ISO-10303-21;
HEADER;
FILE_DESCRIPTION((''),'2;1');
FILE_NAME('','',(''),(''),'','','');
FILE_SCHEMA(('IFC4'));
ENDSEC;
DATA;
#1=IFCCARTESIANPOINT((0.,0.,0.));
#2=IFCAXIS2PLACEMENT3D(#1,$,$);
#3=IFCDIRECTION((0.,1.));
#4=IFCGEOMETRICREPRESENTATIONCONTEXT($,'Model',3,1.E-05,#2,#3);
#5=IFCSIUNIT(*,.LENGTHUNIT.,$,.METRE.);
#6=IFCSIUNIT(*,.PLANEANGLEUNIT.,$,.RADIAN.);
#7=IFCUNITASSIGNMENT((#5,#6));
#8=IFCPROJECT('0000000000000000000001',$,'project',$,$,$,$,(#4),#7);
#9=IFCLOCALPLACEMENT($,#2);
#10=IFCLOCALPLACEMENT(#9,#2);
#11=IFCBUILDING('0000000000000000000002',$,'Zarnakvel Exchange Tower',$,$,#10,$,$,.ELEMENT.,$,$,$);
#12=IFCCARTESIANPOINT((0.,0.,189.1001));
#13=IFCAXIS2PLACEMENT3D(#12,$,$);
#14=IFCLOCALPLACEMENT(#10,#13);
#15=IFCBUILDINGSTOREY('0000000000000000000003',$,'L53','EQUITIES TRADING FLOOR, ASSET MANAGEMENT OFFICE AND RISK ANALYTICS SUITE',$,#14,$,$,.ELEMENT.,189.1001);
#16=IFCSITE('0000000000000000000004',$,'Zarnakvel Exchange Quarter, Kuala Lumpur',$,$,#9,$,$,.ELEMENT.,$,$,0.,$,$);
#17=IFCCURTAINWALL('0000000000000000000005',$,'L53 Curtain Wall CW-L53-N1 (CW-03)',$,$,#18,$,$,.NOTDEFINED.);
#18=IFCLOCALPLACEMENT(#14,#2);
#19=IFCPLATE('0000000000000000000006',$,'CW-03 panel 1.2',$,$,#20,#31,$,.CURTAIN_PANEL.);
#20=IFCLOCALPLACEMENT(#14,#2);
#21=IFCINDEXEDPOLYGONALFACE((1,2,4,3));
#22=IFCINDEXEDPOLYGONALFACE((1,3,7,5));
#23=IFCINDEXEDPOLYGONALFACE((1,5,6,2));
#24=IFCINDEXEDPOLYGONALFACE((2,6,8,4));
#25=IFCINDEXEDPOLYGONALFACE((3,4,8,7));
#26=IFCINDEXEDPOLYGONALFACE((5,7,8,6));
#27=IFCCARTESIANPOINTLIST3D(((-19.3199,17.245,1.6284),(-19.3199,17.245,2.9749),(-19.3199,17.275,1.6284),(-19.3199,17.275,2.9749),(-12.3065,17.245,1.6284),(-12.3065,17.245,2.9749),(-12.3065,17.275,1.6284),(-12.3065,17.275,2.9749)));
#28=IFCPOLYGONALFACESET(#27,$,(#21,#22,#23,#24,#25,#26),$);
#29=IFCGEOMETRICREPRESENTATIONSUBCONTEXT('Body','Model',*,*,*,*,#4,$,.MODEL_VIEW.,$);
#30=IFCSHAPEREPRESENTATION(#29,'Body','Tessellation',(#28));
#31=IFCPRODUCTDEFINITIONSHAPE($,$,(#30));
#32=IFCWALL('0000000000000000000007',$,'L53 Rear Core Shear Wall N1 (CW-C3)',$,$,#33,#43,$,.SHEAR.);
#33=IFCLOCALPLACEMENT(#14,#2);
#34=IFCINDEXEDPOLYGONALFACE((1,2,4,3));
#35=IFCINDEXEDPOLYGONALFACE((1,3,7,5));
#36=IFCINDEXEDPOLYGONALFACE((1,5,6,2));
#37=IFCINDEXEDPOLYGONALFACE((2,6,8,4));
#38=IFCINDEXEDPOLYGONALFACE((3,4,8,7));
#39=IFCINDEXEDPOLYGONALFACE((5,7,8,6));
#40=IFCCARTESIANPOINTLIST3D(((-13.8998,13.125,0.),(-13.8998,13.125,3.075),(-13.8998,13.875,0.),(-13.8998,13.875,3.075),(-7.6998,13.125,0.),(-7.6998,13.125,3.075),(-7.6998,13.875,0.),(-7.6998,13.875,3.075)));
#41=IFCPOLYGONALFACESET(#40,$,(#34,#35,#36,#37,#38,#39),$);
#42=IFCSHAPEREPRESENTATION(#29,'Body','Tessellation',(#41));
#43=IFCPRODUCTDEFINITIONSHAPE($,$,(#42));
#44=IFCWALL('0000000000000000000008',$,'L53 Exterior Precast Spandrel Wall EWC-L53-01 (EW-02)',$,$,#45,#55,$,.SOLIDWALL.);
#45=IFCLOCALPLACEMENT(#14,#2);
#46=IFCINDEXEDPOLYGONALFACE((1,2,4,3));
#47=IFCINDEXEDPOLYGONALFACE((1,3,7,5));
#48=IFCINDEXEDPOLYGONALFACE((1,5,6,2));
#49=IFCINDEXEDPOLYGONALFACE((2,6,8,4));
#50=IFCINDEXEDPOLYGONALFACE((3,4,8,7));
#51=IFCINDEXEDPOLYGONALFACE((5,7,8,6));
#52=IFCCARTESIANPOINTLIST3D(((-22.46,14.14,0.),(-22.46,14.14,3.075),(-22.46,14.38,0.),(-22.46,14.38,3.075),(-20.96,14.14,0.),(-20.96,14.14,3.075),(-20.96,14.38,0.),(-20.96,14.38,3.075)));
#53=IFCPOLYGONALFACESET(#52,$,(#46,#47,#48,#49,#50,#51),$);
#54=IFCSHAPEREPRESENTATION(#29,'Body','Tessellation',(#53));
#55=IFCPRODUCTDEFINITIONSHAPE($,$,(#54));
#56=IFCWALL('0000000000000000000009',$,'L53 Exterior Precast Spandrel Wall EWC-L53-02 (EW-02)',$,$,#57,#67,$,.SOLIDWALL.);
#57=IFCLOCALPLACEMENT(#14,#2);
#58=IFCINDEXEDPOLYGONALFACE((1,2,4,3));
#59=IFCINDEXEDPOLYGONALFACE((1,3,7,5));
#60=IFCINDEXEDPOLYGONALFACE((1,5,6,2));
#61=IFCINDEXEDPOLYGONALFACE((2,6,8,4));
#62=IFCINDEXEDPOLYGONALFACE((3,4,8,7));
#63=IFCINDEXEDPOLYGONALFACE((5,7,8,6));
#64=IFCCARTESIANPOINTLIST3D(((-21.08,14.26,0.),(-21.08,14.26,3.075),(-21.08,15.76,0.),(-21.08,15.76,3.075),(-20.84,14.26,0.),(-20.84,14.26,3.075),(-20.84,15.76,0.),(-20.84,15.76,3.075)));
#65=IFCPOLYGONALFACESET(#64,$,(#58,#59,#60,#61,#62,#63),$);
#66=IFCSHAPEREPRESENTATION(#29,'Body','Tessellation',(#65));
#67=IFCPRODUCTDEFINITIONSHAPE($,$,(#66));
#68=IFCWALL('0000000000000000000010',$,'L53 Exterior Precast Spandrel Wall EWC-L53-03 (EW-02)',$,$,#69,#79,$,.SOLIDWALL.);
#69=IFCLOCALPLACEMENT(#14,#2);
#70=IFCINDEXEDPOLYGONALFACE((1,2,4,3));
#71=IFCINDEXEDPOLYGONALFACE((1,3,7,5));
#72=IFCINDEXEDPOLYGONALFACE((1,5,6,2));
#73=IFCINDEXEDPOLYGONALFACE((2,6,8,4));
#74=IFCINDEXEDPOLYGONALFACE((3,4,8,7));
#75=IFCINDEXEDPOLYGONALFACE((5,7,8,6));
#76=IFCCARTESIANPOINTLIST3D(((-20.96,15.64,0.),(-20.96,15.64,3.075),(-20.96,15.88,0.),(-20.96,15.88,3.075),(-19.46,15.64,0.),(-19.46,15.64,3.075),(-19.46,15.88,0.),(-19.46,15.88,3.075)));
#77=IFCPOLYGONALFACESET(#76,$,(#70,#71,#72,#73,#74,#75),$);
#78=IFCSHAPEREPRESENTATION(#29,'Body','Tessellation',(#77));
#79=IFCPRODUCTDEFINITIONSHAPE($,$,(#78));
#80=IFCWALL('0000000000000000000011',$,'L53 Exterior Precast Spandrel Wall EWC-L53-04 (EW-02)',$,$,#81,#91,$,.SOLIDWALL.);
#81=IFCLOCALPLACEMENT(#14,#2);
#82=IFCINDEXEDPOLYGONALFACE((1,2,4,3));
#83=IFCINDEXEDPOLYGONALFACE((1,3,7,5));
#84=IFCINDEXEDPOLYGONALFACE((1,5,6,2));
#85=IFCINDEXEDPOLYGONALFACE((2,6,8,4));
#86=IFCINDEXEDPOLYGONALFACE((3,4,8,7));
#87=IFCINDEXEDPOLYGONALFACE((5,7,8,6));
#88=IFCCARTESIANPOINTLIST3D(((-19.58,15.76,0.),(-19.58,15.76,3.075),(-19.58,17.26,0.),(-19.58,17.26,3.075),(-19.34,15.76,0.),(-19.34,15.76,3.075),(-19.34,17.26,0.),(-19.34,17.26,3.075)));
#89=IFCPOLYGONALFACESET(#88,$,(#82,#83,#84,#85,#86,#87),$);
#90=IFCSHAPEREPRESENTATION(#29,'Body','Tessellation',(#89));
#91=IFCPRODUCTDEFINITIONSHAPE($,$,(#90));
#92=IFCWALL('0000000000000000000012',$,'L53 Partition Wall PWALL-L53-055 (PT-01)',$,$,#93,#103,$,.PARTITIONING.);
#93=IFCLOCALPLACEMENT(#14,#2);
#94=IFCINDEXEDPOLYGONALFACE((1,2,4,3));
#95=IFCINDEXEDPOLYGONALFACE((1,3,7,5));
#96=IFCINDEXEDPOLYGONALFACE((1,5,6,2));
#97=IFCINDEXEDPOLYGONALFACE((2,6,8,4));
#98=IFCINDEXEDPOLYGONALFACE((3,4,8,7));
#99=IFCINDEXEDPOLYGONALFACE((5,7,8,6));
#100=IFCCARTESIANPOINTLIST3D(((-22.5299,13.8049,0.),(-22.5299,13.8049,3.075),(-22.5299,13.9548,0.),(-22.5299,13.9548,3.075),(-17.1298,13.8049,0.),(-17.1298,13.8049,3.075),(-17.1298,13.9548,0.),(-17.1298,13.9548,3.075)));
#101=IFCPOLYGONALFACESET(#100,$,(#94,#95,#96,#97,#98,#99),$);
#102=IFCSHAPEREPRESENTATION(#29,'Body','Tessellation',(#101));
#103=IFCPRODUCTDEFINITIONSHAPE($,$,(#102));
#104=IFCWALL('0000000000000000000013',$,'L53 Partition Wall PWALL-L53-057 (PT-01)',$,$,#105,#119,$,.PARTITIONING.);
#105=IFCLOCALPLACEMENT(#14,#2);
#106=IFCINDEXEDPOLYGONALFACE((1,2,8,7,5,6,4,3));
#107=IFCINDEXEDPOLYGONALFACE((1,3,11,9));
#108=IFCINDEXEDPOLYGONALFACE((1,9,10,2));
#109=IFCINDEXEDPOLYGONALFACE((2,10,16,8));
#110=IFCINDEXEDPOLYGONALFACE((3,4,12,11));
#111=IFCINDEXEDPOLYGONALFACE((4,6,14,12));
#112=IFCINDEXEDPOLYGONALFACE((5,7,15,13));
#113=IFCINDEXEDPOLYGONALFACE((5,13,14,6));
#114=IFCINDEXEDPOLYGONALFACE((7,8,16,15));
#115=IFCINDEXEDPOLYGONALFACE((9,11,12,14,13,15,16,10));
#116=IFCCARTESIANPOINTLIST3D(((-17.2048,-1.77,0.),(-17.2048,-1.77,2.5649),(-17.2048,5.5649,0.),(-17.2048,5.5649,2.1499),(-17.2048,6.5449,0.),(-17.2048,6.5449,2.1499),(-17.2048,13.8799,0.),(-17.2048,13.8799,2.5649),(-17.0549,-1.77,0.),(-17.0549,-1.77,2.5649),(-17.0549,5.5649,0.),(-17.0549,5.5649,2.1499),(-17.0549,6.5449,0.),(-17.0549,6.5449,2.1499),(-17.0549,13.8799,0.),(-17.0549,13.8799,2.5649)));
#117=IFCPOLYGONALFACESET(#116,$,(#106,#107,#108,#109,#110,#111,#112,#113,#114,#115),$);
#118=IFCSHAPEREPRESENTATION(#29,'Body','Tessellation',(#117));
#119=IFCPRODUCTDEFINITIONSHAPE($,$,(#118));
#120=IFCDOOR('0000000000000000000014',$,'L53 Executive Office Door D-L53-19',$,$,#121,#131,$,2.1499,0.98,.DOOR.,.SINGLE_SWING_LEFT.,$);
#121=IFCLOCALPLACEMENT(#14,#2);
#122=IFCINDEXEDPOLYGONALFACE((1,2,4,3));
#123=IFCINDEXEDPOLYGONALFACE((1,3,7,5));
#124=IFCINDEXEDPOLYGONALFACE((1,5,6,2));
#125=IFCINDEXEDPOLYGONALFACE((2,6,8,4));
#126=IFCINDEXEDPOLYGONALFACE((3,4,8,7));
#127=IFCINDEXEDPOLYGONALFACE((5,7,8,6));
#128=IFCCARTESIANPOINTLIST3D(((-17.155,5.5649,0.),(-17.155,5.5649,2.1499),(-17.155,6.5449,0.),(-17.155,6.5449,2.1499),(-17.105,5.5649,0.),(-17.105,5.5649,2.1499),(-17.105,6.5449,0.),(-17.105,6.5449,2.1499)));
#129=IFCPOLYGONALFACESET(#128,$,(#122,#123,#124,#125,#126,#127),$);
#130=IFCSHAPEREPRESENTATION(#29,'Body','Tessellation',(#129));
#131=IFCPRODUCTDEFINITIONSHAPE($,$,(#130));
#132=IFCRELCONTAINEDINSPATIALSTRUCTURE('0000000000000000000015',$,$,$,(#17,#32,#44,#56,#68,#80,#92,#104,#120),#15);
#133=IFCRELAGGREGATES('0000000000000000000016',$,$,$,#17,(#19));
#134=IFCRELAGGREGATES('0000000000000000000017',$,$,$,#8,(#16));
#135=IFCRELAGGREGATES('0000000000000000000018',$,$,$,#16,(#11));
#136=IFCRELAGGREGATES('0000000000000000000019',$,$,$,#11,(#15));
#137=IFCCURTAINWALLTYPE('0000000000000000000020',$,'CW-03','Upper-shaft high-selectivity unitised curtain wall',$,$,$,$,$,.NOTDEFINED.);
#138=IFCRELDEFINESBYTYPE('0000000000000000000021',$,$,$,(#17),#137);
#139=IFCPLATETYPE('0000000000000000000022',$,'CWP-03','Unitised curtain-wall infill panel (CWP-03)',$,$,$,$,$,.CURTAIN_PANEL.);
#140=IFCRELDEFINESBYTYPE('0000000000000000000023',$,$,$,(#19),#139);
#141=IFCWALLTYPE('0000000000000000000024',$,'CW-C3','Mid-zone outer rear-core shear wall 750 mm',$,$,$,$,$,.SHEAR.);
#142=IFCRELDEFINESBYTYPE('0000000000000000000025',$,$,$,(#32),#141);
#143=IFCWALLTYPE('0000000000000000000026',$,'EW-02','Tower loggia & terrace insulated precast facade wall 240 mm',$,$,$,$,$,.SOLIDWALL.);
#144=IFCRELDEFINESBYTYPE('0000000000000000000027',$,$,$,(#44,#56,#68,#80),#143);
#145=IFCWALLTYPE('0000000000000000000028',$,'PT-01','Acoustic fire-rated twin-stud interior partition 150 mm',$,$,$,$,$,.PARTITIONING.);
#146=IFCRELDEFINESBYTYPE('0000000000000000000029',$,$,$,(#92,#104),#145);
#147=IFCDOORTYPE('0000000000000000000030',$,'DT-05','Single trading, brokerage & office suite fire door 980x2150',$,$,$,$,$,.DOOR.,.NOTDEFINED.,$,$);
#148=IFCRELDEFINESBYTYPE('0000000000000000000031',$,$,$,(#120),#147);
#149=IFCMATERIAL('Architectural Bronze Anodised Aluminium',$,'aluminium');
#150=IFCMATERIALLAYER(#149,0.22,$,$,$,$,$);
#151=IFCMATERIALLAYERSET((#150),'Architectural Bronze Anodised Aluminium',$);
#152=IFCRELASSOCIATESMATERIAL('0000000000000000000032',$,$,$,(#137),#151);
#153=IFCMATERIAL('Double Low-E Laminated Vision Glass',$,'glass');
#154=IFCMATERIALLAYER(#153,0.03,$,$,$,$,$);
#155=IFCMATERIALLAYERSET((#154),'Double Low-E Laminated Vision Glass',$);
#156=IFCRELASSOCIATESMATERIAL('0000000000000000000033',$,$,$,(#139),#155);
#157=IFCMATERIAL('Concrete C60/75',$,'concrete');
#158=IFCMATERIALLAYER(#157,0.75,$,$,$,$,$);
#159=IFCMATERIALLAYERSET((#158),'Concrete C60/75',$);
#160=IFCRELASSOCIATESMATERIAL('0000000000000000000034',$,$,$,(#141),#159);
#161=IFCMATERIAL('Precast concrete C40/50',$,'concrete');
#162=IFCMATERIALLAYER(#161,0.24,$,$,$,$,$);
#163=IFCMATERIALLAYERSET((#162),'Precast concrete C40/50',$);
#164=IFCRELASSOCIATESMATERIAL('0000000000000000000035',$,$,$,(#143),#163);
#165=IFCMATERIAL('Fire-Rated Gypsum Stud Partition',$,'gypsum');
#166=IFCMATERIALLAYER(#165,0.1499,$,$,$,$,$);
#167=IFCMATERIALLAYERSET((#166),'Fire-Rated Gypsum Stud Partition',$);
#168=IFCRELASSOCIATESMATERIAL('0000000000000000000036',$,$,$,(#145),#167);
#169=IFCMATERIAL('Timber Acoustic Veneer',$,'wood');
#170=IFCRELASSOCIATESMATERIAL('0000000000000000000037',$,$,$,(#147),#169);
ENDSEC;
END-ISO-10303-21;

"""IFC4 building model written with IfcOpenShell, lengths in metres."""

from ifc_helpers import new_model, si_unit, direction, frame, frame_2d, origin, origin_2d, place, context, subcontext, project, spatial, rectangle, extrude, source, transform, mapped, material, layer, layer_set, type_object, element, fill, aggregate, save


model = new_model("IFC4")

# Units and contexts
model_context = context("Model", 3, precision=1e-05, world=origin(), true_north=direction((0.0, 1.0)))
body_context = subcontext(model_context, "Body", "Model", "MODEL_VIEW")
ifc_project = project(units=[si_unit("LENGTHUNIT", "METRE"), si_unit("PLANEANGLEUNIT", "RADIAN")], contexts=[model_context])

# Site, building, storey
site_placement = place(None, origin())
site = spatial("IfcSite", under=ifc_project, at=site_placement, Name="Zarnakvel Exchange Quarter, Kuala Lumpur", CompositionType="ELEMENT", RefElevation=0.0)
building_placement = place(site_placement, origin())
building = spatial("IfcBuilding", under=site, at=building_placement, Name="Zarnakvel Exchange Tower", CompositionType="ELEMENT")
storey_placement = place(building_placement, frame((0.0, 0.0, 189.1001)))
storey = spatial("IfcBuildingStorey", under=building, at=storey_placement, Name="L53", Description="EQUITIES TRADING FLOOR, ASSET MANAGEMENT OFFICE AND RISK ANALYTICS SUITE", CompositionType="ELEMENT", Elevation=189.1001)

# Shared definitions
ifc_material_1 = material(Name="Concrete C60/75", Category="concrete")

# Shared definitions
ifc_material_2 = material(Name="Architectural Bronze Anodised Aluminium", Category="aluminium")

# Curtain wall, plate
ifc_layer_1 = layer(ifc_material_2, 0.22)
ifc_layer_set_1 = layer_set([ifc_layer_1], Name="Architectural Bronze Anodised Aluminium")
curtain_wall_type_1 = type_object("IfcCurtainWallType", Name="CW-03", Description="Upper-shaft high-selectivity unitised curtain wall", PredefinedType="NOTDEFINED", material=ifc_layer_set_1)
curtain_wall_1_placement = place(storey_placement, origin())
curtain_wall_1 = element("IfcCurtainWall", 1, at=curtain_wall_1_placement, inside=storey, type_object=curtain_wall_type_1, Name="L53 Curtain Wall CW-L53-N1 (CW-03)", PredefinedType="NOTDEFINED")
ifc_material_3 = material(Name="Double Low-E Laminated Vision Glass", Category="glass")
ifc_layer_2 = layer(ifc_material_3, 0.03)
ifc_layer_set_2 = layer_set([ifc_layer_2], Name="Double Low-E Laminated Vision Glass")
plate_type = type_object("IfcPlateType", Name="CWP-03", Description="Unitised curtain-wall infill panel (CWP-03)", PredefinedType="CURTAIN_PANEL", material=ifc_layer_set_2)
shared_shape_1 = source(origin(), body_context, "Body", "SweptSolid", [
    extrude(rectangle(XDim=7.0134, YDim=0.03, at=origin_2d()), origin(), (0.0, 0.0, 1.0), 1.3464),
])
plate_1_placement = place(storey_placement, frame((-15.8132, 17.26, 1.6284), z_axis=(0.0, 0.0, 1.0), x_axis=(1.0, 0.0, 0.0)))
plate_1 = element("IfcPlate", 2, at=plate_1_placement, type_object=plate_type, Name="CW-03 panel 1.2", PredefinedType="CURTAIN_PANEL", context=body_context, shape_type="MappedRepresentation", body=[
    mapped(shared_shape_1, transform((0.0, 0.0, 0.0), x_axis=(1.0, 0.0, 0.0), y_axis=(0.0, 1.0, 0.0), z_axis=(0.0, 0.0, 1.0), scale=1.0)),
])
aggregate(curtain_wall_1, [plate_1])

# Walls
ifc_layer_3 = layer(ifc_material_1, 0.75)
ifc_layer_set_3 = layer_set([ifc_layer_3], Name="Concrete C60/75")
wall_type_1 = type_object("IfcWallType", Name="CW-C3", Description="Mid-zone outer rear-core shear wall 750 mm", PredefinedType="SHEAR", material=ifc_layer_set_3)
wall_1_placement = place(storey_placement, frame((-13.8999, 13.5, 0.0), z_axis=(0.0, 0.0, 1.0), x_axis=(1.0, 0.0, 0.0)))
element("IfcWall", 3, at=wall_1_placement, inside=storey, type_object=wall_type_1, Name="L53 Rear Core Shear Wall N1 (CW-C3)", PredefinedType="SHEAR", context=body_context, shape_type="SweptSolid", body=[
    extrude(rectangle(XDim=6.2, YDim=0.75, at=frame_2d((3.1001, 0.0))), origin(), (0.0, 0.0, 1.0), 3.075),
])
ifc_material_4 = material(Name="Precast concrete C40/50", Category="concrete")
ifc_layer_4 = layer(ifc_material_4, 0.24)
ifc_layer_set_4 = layer_set([ifc_layer_4], Name="Precast concrete C40/50")
wall_type_2 = type_object("IfcWallType", Name="EW-02", Description="Tower loggia & terrace insulated precast facade wall 240 mm", PredefinedType="SOLIDWALL", material=ifc_layer_set_4)
for number, where, z_axis, x_axis, name in (
    (4, (-20.96, 14.26, 0.0), (0.0, 0.0, 1.0), (-1.0, 0.0, 0.0), "L53 Exterior Precast Spandrel Wall EWC-L53-01 (EW-02)"),
    (5, (-20.96, 15.76, 0.0), (0.0, 0.0, 1.0), (0.0, -1.0, 0.0), "L53 Exterior Precast Spandrel Wall EWC-L53-02 (EW-02)"),
    (6, (-19.46, 15.76, 0.0), (0.0, 0.0, 1.0), (-1.0, 0.0, 0.0), "L53 Exterior Precast Spandrel Wall EWC-L53-03 (EW-02)"),
    (7, (-19.46, 17.26, 0.0), (0.0, 0.0, 1.0), (0.0, -1.0, 0.0), "L53 Exterior Precast Spandrel Wall EWC-L53-04 (EW-02)"),
):
    element("IfcWall", number, at=place(storey_placement, frame(where, z_axis=z_axis, x_axis=x_axis)), inside=storey, type_object=wall_type_2, Name=name, PredefinedType="SOLIDWALL", context=body_context, shape_type="SweptSolid", body=[
        extrude(rectangle(XDim=1.5, YDim=0.24, at=frame_2d((0.75, 0.0))), origin(), (0.0, 0.0, 1.0), 3.075),
    ])
ifc_material_5 = material(Name="Fire-Rated Gypsum Stud Partition", Category="gypsum")
ifc_layer_5 = layer(ifc_material_5, 0.1499)
ifc_layer_set_5 = layer_set([ifc_layer_5], Name="Fire-Rated Gypsum Stud Partition")
wall_type_3 = type_object("IfcWallType", Name="PT-01", Description="Acoustic fire-rated twin-stud interior partition 150 mm", PredefinedType="PARTITIONING", material=ifc_layer_set_5)
wall_2_placement = place(storey_placement, frame((-22.53, 13.8799, 0.0), z_axis=(0.0, 0.0, 1.0), x_axis=(1.0, 0.0, 0.0)))
element("IfcWall", 8, at=wall_2_placement, inside=storey, type_object=wall_type_3, Name="L53 Partition Wall PWALL-L53-055 (PT-01)", PredefinedType="PARTITIONING", context=body_context, shape_type="SweptSolid", body=[
    extrude(rectangle(XDim=5.4001, YDim=0.1499, at=frame_2d((2.7002, 0.0))), origin(), (0.0, 0.0, 1.0), 3.075),
])

# Wall, opening, door
wall_3_placement = place(storey_placement, frame((-17.1299, 13.8799, 0.0), z_axis=(0.0, 0.0, 1.0), x_axis=(0.0, -1.0, 0.0)))
wall_3 = element("IfcWall", 9, at=wall_3_placement, inside=storey, type_object=wall_type_3, Name="L53 Partition Wall PWALL-L53-057 (PT-01)", PredefinedType="PARTITIONING", context=body_context, shape_type="SweptSolid", body=[
    extrude(rectangle(XDim=15.6499, YDim=0.1499, at=frame_2d((7.825, 0.0))), origin(), (0.0, 0.0, 1.0), 2.5649),
])
opening_placement = place(wall_3_placement, frame((7.335, 0.0, 0.0)))
opening = element("IfcOpeningElement", 10, at=opening_placement, cuts=wall_3, PredefinedType="OPENING", context=body_context, shape_type="SweptSolid", body=[
    extrude(rectangle(XDim=0.98, YDim=2.1499, at=frame_2d((0.49, 1.075))), frame((0.0, 0.085, 0.0), z_axis=(0.0, -1.0, 0.0), x_axis=(1.0, 0.0, 0.0)), (0.0, 0.0, 1.0), 0.1699),
])
ifc_material_6 = material(Name="Timber Acoustic Veneer", Category="wood")
door_type = type_object("IfcDoorType", Name="DT-05", Description="Single trading, brokerage & office suite fire door 980x2150", OperationType="NOTDEFINED", PredefinedType="DOOR", material=ifc_material_6)
shared_shape_2 = source(origin(), body_context, "Body", "SweptSolid", [
    extrude(rectangle(XDim=0.98, YDim=2.1499, at=frame_2d((0.49, 1.075))), frame((0.0, 0.0249, 0.0), z_axis=(0.0, -1.0, 0.0), x_axis=(1.0, 0.0, 0.0)), (0.0, 0.0, 1.0), 0.05),
])
door_placement = place(opening_placement, origin())
door = element("IfcDoor", 11, at=door_placement, inside=storey, type_object=door_type, Name="L53 Executive Office Door D-L53-19", OperationType="SINGLE_SWING_LEFT", OverallHeight=2.1499, OverallWidth=0.98, PredefinedType="DOOR", context=body_context, shape_type="MappedRepresentation", body=[
    mapped(shared_shape_2, transform((0.0, 0.0, 0.0), x_axis=(1.0, 0.0, 0.0), y_axis=(0.0, 1.0, 0.0), z_axis=(0.0, 0.0, 1.0), scale=1.0)),
])
fill(opening, door)

save(model, "model.ifc")
